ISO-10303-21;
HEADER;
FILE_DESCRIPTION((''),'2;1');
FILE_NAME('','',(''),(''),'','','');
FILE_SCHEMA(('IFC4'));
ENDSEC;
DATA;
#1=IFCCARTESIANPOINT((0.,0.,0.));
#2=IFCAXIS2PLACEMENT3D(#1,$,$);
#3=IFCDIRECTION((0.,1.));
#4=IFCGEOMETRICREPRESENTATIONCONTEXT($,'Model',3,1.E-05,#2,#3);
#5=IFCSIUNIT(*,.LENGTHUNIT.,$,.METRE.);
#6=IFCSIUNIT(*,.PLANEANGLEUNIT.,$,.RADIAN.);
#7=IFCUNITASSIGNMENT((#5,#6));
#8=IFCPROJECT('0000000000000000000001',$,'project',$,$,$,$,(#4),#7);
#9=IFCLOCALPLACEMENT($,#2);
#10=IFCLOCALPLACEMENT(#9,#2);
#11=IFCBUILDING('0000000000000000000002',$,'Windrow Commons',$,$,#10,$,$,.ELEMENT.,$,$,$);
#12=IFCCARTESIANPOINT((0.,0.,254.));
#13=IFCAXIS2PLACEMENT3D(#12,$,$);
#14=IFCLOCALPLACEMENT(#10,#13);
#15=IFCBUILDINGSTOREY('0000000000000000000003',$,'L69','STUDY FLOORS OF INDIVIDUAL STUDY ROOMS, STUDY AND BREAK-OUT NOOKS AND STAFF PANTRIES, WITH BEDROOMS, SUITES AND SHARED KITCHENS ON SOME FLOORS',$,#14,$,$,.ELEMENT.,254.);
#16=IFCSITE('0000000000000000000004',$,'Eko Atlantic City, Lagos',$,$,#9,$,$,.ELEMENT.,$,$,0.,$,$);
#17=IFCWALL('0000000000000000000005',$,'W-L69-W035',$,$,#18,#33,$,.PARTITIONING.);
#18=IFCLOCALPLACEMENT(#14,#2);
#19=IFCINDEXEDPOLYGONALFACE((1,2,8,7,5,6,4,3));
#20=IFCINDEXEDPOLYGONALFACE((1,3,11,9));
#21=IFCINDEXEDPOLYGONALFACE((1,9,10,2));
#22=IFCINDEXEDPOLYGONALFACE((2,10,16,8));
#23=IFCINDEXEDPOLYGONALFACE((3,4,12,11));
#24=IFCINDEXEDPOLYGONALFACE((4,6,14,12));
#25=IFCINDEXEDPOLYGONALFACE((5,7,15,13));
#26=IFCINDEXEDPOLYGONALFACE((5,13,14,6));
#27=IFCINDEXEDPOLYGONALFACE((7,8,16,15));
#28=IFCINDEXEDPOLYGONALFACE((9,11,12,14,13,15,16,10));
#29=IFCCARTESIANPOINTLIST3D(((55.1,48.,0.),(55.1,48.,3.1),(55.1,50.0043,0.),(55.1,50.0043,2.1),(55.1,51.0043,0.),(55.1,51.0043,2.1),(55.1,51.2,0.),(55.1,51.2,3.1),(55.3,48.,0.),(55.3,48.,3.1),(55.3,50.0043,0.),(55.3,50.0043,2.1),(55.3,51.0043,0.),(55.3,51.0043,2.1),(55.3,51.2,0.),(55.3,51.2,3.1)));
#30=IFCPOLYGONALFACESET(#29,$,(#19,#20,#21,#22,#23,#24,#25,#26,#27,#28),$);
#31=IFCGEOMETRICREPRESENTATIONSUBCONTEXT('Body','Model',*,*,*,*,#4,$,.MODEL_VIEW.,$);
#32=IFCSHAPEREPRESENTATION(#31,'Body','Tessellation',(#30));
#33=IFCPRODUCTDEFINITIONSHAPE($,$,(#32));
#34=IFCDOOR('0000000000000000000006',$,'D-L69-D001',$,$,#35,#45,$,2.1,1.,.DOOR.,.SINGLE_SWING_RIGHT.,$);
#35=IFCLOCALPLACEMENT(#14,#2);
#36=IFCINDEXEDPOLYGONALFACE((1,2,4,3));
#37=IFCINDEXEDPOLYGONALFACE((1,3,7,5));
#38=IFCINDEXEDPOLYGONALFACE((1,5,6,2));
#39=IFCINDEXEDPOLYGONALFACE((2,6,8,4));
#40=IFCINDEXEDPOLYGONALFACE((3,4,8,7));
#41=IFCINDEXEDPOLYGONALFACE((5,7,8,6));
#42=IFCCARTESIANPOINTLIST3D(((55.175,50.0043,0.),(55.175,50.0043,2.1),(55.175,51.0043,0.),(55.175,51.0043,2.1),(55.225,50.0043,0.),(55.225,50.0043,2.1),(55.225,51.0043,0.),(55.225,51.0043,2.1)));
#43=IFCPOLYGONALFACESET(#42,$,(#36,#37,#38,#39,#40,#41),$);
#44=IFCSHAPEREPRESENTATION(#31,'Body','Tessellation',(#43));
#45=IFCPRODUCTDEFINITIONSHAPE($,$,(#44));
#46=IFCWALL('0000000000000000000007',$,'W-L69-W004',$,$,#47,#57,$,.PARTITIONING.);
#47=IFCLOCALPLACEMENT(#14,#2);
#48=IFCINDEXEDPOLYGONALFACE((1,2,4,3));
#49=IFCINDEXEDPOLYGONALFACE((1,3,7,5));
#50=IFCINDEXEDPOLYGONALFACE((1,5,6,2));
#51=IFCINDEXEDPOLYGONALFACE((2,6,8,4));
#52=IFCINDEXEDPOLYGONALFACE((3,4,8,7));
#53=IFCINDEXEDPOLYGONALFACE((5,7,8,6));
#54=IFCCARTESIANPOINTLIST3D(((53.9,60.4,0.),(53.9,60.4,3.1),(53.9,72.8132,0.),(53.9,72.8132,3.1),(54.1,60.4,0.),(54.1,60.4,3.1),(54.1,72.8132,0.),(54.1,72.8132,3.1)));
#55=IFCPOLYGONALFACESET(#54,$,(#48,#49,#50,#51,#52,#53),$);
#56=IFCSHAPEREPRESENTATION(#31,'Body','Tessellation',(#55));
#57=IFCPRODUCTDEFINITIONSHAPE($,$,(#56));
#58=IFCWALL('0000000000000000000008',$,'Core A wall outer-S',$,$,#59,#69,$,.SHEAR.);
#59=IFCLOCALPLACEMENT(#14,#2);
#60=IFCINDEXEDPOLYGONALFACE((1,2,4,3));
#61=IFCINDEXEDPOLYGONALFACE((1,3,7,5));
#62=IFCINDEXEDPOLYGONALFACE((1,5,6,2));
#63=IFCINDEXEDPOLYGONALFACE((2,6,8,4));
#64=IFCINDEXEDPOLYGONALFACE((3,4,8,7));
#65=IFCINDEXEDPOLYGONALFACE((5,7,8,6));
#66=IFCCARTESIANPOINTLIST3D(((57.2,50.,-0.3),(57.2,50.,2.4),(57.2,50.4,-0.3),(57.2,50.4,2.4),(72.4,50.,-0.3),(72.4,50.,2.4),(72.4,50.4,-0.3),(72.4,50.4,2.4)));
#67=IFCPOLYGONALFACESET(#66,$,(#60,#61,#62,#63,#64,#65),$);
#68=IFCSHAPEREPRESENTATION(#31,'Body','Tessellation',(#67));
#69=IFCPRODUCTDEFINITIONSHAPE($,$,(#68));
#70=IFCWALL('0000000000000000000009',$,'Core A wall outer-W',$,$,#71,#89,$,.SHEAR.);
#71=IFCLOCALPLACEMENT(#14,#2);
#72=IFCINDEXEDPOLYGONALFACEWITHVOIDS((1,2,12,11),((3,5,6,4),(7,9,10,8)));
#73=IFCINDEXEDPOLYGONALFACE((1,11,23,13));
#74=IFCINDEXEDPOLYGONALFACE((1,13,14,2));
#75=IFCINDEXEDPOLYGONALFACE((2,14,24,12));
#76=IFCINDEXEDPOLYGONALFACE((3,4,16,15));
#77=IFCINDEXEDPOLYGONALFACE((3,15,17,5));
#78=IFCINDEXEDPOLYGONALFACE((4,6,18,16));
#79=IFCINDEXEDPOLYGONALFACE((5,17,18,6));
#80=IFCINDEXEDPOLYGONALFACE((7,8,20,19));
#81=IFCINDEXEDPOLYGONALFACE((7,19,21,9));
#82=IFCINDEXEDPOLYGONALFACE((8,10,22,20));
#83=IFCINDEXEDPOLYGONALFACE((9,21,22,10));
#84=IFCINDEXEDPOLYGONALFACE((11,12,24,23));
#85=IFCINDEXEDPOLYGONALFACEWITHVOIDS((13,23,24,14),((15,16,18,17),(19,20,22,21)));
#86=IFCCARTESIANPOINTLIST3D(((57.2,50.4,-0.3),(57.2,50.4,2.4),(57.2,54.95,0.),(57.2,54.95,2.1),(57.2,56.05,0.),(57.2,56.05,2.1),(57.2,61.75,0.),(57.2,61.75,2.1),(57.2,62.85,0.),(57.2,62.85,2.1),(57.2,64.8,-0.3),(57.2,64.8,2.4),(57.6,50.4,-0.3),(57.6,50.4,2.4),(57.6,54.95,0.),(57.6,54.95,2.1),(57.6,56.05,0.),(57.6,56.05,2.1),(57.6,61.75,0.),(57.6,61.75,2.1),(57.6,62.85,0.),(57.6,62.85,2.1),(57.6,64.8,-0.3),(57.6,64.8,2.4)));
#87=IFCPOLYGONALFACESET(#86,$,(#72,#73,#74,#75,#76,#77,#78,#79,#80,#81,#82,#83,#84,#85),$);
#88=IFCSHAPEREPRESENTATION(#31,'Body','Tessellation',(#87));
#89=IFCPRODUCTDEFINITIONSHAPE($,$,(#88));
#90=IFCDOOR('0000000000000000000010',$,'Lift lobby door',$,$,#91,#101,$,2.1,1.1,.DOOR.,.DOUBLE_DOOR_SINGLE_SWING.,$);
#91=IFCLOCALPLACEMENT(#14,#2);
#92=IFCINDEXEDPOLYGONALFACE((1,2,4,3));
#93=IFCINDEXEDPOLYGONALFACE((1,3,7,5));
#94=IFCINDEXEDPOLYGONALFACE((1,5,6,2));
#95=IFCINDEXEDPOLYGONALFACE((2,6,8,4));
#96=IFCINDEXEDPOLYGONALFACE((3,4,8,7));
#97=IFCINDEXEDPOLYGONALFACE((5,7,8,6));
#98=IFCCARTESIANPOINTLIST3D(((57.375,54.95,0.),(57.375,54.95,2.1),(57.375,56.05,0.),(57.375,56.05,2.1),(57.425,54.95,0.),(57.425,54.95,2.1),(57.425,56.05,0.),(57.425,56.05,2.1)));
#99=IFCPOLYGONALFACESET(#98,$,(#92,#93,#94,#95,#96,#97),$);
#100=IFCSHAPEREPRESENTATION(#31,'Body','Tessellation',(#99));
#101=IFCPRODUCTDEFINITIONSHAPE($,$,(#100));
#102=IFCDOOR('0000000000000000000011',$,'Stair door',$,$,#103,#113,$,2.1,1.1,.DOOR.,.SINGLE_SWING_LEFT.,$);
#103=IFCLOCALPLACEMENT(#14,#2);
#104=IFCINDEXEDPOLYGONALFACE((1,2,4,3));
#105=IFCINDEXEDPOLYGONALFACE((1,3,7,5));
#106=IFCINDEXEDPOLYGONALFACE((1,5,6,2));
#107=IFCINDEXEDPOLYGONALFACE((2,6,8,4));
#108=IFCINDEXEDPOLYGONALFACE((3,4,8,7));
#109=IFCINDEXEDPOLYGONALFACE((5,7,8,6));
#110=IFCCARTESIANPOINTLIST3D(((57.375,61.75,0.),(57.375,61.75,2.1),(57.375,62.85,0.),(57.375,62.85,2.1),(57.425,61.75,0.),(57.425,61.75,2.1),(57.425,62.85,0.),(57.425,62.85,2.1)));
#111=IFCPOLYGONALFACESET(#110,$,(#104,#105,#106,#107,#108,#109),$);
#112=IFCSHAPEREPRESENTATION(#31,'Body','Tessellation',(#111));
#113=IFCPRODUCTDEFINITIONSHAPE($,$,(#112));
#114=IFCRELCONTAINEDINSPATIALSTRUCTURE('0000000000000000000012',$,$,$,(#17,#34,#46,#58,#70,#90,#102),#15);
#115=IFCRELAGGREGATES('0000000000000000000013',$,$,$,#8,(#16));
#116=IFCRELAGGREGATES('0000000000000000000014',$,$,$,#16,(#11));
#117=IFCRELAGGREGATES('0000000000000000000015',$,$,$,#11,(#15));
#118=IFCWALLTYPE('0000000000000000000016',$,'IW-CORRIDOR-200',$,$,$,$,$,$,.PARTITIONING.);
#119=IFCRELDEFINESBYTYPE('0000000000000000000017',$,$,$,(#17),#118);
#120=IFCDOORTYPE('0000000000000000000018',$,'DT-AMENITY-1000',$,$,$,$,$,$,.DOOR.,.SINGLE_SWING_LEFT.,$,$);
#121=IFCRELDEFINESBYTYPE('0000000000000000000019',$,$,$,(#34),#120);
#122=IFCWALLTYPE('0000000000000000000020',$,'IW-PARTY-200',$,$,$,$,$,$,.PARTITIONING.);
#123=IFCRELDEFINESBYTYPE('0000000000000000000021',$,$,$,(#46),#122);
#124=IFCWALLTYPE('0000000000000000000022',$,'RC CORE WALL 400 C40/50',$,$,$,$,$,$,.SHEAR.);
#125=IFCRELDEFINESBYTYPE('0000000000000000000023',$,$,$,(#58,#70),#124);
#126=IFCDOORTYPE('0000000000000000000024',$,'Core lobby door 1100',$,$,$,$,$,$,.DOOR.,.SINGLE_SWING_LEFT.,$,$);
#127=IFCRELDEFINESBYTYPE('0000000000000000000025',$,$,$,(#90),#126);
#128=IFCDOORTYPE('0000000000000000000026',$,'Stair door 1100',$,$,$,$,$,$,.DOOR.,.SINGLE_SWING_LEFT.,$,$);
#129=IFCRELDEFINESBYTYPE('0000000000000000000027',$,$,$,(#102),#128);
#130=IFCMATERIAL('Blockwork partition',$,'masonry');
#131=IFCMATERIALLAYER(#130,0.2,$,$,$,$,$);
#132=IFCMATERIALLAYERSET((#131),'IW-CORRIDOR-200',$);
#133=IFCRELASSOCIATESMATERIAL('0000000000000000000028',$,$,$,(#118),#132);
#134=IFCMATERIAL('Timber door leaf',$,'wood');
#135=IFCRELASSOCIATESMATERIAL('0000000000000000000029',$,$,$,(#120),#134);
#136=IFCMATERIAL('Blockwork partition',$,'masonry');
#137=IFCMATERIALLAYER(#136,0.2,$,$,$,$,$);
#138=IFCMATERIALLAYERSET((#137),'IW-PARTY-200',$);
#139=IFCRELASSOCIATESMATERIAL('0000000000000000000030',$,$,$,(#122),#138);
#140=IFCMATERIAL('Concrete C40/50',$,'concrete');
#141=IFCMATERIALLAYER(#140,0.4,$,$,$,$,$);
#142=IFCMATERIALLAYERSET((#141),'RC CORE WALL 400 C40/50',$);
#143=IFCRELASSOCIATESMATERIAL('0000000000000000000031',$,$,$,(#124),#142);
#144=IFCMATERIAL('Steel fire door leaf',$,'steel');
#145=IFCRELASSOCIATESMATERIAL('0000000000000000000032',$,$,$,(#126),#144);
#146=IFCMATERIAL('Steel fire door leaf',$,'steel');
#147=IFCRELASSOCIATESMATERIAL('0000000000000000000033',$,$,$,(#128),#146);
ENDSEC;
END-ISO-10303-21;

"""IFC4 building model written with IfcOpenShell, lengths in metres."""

from ifc_helpers import new_model, si_unit, direction, frame, frame_2d, origin, place, context, subcontext, project, spatial, rectangle, extrude, material, layer, layer_set, type_object, element, fill, save


model = new_model("IFC4")

# Units and contexts
model_context = context("Model", 3, precision=1e-05, world=origin(), true_north=direction((0.0, 1.0)))
body_context = subcontext(model_context, "Body", "Model", "MODEL_VIEW")
ifc_project = project(units=[si_unit("LENGTHUNIT", "METRE"), si_unit("PLANEANGLEUNIT", "RADIAN")], contexts=[model_context])

# Site, building, storey
site_placement = place(None, origin())
site = spatial("IfcSite", under=ifc_project, at=site_placement, Name="Eko Atlantic City, Lagos", CompositionType="ELEMENT", RefElevation=0.0)
building_placement = place(site_placement, origin())
building = spatial("IfcBuilding", under=site, at=building_placement, Name="Windrow Commons", CompositionType="ELEMENT")
storey_placement = place(building_placement, frame((0.0, 0.0, 254.0)))
storey = spatial("IfcBuildingStorey", under=building, at=storey_placement, Name="L69", Description="STUDY FLOORS OF INDIVIDUAL STUDY ROOMS, STUDY AND BREAK-OUT NOOKS AND STAFF PANTRIES, WITH BEDROOMS, SUITES AND SHARED KITCHENS ON SOME FLOORS", CompositionType="ELEMENT", Elevation=254.0)

# Shared definitions
ifc_material_1 = material(Name="Blockwork partition", Category="masonry")
ifc_layer_1 = layer(ifc_material_1, 0.2)
ifc_layer_set_1 = layer_set([ifc_layer_1], Name="IW-CORRIDOR-200")
wall_type_1 = type_object("IfcWallType", Name="IW-CORRIDOR-200", PredefinedType="PARTITIONING", material=ifc_layer_set_1)
ifc_material_2 = material(Name="Timber door leaf", Category="wood")
door_type_1 = type_object("IfcDoorType", Name="DT-AMENITY-1000", OperationType="SINGLE_SWING_LEFT", PredefinedType="DOOR", material=ifc_material_2)

# Wall, opening, door
wall_1_placement = place(storey_placement, frame((55.2, 48.0, 0.0), z_axis=(0.0, 0.0, 1.0), x_axis=(0.0, 1.0, 0.0)))
wall_1 = element("IfcWall", 1, at=wall_1_placement, inside=storey, type_object=wall_type_1, Name="W-L69-W035", PredefinedType="PARTITIONING", context=body_context, shape_type="SweptSolid", body=[
    extrude(rectangle(XDim=3.2, YDim=0.2, at=frame_2d((1.6, 0.0))), origin(), (0.0, 0.0, 1.0), 3.1),
])
opening_1_placement = place(wall_1_placement, frame((2.0043, 0.0, 0.0)))
opening_1 = element("IfcOpeningElement", 2, at=opening_1_placement, cuts=wall_1, PredefinedType="OPENING", context=body_context, shape_type="SweptSolid", body=[
    extrude(rectangle(XDim=1.0, YDim=2.1, at=frame_2d((0.5, 1.05))), frame((0.0, 0.11, 0.0), z_axis=(0.0, -1.0, 0.0), x_axis=(1.0, 0.0, 0.0)), (0.0, 0.0, 1.0), 0.22),
])
door_1_placement = place(opening_1_placement, origin())
door_1 = element("IfcDoor", 3, at=door_1_placement, inside=storey, type_object=door_type_1, Name="D-L69-D001", OperationType="SINGLE_SWING_RIGHT", OverallHeight=2.1, OverallWidth=1.0, PredefinedType="DOOR", context=body_context, shape_type="SweptSolid", body=[
    extrude(rectangle(XDim=1.0, YDim=2.1, at=frame_2d((0.5, 1.05))), frame((0.0, 0.025, 0.0), z_axis=(0.0, -1.0, 0.0), x_axis=(1.0, 0.0, 0.0)), (0.0, 0.0, 1.0), 0.05),
])
fill(opening_1, door_1)

# Walls
ifc_material_3 = material(Name="Blockwork partition", Category="masonry")
ifc_layer_2 = layer(ifc_material_3, 0.2)
ifc_layer_set_2 = layer_set([ifc_layer_2], Name="IW-PARTY-200")
wall_type_2 = type_object("IfcWallType", Name="IW-PARTY-200", PredefinedType="PARTITIONING", material=ifc_layer_set_2)
wall_2_placement = place(storey_placement, frame((54.0, 60.4, 0.0), z_axis=(0.0, 0.0, 1.0), x_axis=(0.0, 1.0, 0.0)))
element("IfcWall", 4, at=wall_2_placement, inside=storey, type_object=wall_type_2, Name="W-L69-W004", PredefinedType="PARTITIONING", context=body_context, shape_type="SweptSolid", body=[
    extrude(rectangle(XDim=12.4133, YDim=0.2, at=frame_2d((6.2066, 0.0))), origin(), (0.0, 0.0, 1.0), 3.1),
])
ifc_material_4 = material(Name="Concrete C40/50", Category="concrete")
ifc_layer_3 = layer(ifc_material_4, 0.4)
ifc_layer_set_3 = layer_set([ifc_layer_3], Name="RC CORE WALL 400 C40/50")
wall_type_3 = type_object("IfcWallType", Name="RC CORE WALL 400 C40/50", PredefinedType="SHEAR", material=ifc_layer_set_3)
wall_3_placement = place(storey_placement, frame((57.2, 50.2, -0.3), z_axis=(0.0, 0.0, 1.0), x_axis=(1.0, 0.0, 0.0)))
element("IfcWall", 5, at=wall_3_placement, inside=storey, type_object=wall_type_3, Name="Core A wall outer-S", PredefinedType="SHEAR", context=body_context, shape_type="SweptSolid", body=[
    extrude(rectangle(XDim=15.2, YDim=0.4, at=frame_2d((7.6, 0.0))), origin(), (0.0, 0.0, 1.0), 2.7),
])

# Wall, openings, doors
wall_4_placement = place(storey_placement, frame((57.4, 50.4, -0.3), z_axis=(0.0, 0.0, 1.0), x_axis=(0.0, 1.0, 0.0)))
wall_4 = element("IfcWall", 6, at=wall_4_placement, inside=storey, type_object=wall_type_3, Name="Core A wall outer-W", PredefinedType="SHEAR", context=body_context, shape_type="SweptSolid", body=[
    extrude(rectangle(XDim=14.4, YDim=0.4, at=frame_2d((7.2, 0.0))), origin(), (0.0, 0.0, 1.0), 2.7),
])
opening_2_placement = place(wall_4_placement, frame((4.55, 0.0, 0.3)))
opening_2 = element("IfcOpeningElement", 7, at=opening_2_placement, cuts=wall_4, PredefinedType="OPENING", context=body_context, shape_type="SweptSolid", body=[
    extrude(rectangle(XDim=1.1, YDim=2.1, at=frame_2d((0.55, 1.05))), frame((0.0, 0.21, 0.0), z_axis=(0.0, -1.0, 0.0), x_axis=(1.0, 0.0, 0.0)), (0.0, 0.0, 1.0), 0.42),
])
opening_3_placement = place(wall_4_placement, frame((11.35, 0.0, 0.3)))
opening_3 = element("IfcOpeningElement", 8, at=opening_3_placement, cuts=wall_4, PredefinedType="OPENING", context=body_context, shape_type="SweptSolid", body=[
    extrude(rectangle(XDim=1.1, YDim=2.1, at=frame_2d((0.55, 1.05))), frame((0.0, 0.21, 0.0), z_axis=(0.0, -1.0, 0.0), x_axis=(1.0, 0.0, 0.0)), (0.0, 0.0, 1.0), 0.42),
])
ifc_material_5 = material(Name="Steel fire door leaf", Category="steel")
door_type_2 = type_object("IfcDoorType", Name="Core lobby door 1100", OperationType="SINGLE_SWING_LEFT", PredefinedType="DOOR", material=ifc_material_5)
door_2_placement = place(opening_2_placement, origin())
door_2 = element("IfcDoor", 9, at=door_2_placement, inside=storey, type_object=door_type_2, Name="Lift lobby door", OperationType="DOUBLE_DOOR_SINGLE_SWING", OverallHeight=2.1, OverallWidth=1.1, PredefinedType="DOOR", context=body_context, shape_type="SweptSolid", body=[
    extrude(rectangle(XDim=1.1, YDim=2.1, at=frame_2d((0.55, 1.05))), frame((0.0, 0.025, 0.0), z_axis=(0.0, -1.0, 0.0), x_axis=(1.0, 0.0, 0.0)), (0.0, 0.0, 1.0), 0.05),
])
fill(opening_2, door_2)
ifc_material_6 = material(Name="Steel fire door leaf", Category="steel")
door_type_3 = type_object("IfcDoorType", Name="Stair door 1100", OperationType="SINGLE_SWING_LEFT", PredefinedType="DOOR", material=ifc_material_6)
door_3_placement = place(opening_3_placement, origin())
door_3 = element("IfcDoor", 10, at=door_3_placement, inside=storey, type_object=door_type_3, Name="Stair door", OperationType="SINGLE_SWING_LEFT", OverallHeight=2.1, OverallWidth=1.1, PredefinedType="DOOR", context=body_context, shape_type="SweptSolid", body=[
    extrude(rectangle(XDim=1.1, YDim=2.1, at=frame_2d((0.55, 1.05))), frame((0.0, 0.025, 0.0), z_axis=(0.0, -1.0, 0.0), x_axis=(1.0, 0.0, 0.0)), (0.0, 0.0, 1.0), 0.05),
])
fill(opening_3, door_3)

save(model, "model.ifc")
